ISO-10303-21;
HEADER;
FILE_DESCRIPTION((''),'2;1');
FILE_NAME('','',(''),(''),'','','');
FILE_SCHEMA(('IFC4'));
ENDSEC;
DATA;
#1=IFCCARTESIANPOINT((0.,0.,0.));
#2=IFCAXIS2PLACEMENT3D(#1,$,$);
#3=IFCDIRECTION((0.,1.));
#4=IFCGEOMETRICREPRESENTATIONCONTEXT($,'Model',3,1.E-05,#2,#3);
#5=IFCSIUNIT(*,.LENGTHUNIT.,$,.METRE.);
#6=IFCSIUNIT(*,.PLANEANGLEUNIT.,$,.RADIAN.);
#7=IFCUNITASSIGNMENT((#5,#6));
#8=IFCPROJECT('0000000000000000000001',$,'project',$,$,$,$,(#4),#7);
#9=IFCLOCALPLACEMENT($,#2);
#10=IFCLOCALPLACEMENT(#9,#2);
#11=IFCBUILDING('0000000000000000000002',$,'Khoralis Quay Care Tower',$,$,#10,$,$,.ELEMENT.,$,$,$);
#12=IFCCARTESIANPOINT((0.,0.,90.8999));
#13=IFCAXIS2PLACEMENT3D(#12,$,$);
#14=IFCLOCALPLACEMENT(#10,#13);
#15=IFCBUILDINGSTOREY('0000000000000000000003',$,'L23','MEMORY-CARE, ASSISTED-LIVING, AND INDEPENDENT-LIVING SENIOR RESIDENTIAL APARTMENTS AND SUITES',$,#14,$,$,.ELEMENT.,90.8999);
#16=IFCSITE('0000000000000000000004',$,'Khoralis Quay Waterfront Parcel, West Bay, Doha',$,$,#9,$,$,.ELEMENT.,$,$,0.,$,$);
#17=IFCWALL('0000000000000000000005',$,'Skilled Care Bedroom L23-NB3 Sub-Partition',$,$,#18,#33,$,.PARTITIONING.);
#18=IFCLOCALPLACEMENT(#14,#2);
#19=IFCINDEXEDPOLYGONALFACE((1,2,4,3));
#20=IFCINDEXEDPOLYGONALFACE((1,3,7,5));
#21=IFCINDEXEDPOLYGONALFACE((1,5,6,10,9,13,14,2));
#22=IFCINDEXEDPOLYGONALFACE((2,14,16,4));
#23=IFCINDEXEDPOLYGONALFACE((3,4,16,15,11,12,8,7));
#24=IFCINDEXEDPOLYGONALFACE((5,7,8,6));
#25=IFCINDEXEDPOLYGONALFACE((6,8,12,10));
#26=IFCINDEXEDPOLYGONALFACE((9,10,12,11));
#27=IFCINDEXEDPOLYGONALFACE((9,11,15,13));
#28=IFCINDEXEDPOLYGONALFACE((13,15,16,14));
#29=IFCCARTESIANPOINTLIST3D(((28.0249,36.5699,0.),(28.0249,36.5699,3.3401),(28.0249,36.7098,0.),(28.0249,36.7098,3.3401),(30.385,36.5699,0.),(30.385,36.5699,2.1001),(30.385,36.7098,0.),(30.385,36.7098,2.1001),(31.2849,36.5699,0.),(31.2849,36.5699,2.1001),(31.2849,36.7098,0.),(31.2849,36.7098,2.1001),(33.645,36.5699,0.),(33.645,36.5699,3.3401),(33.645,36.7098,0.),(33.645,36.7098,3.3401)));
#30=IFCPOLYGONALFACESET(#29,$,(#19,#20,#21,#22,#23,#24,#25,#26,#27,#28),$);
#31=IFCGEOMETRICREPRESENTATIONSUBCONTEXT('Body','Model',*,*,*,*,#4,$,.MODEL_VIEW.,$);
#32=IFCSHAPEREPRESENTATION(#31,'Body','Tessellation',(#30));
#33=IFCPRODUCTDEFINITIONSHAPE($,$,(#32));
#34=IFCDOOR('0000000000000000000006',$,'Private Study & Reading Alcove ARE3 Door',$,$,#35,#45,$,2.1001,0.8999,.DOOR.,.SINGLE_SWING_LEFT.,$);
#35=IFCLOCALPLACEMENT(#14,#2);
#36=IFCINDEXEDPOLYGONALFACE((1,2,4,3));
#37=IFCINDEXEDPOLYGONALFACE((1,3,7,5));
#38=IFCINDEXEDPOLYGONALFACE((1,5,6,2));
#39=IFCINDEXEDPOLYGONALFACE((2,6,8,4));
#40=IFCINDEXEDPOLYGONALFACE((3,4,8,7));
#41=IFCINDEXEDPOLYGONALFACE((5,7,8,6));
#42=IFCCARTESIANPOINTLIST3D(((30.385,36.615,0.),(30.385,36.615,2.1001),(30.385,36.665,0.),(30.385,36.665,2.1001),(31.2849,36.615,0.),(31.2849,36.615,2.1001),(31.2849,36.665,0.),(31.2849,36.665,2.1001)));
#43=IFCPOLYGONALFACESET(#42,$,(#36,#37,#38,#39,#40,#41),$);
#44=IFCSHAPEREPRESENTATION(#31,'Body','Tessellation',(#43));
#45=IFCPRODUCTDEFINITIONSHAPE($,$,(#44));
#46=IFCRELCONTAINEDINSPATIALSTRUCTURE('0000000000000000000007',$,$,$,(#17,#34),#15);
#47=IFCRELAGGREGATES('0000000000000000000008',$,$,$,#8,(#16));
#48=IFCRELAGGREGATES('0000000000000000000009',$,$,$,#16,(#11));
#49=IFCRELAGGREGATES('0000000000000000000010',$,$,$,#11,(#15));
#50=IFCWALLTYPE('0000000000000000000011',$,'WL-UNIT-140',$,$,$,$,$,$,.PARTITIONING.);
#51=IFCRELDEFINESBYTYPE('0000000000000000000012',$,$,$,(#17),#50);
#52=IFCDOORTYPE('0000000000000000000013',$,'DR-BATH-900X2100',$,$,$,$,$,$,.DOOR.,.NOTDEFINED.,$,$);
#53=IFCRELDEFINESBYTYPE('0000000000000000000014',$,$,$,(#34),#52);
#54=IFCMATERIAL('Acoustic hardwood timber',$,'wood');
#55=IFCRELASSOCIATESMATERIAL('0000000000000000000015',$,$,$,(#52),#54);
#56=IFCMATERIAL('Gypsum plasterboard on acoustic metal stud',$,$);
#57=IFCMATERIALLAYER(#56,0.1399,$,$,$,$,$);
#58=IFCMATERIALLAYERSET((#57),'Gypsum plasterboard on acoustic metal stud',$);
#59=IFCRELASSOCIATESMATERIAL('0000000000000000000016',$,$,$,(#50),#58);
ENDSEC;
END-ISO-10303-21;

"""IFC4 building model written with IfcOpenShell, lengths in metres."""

from ifc_helpers import new_model, si_unit, direction, frame, frame_2d, origin, place, context, subcontext, project, spatial, rectangle, extrude, source, transform, mapped, material, layer, layer_set, type_object, element, fill, save


model = new_model("IFC4")

# Units and contexts
model_context = context("Model", 3, precision=1e-05, world=origin(), true_north=direction((0.0, 1.0)))
body_context = subcontext(model_context, "Body", "Model", "MODEL_VIEW")
ifc_project = project(units=[si_unit("LENGTHUNIT", "METRE"), si_unit("PLANEANGLEUNIT", "RADIAN")], contexts=[model_context])

# Site, building, storey
site_placement = place(None, origin())
site = spatial("IfcSite", under=ifc_project, at=site_placement, Name="Khoralis Quay Waterfront Parcel, West Bay, Doha", CompositionType="ELEMENT", RefElevation=0.0)
building_placement = place(site_placement, origin())
building = spatial("IfcBuilding", under=site, at=building_placement, Name="Khoralis Quay Care Tower", CompositionType="ELEMENT")
storey_placement = place(building_placement, frame((0.0, 0.0, 90.8999)))
storey = spatial("IfcBuildingStorey", under=building, at=storey_placement, Name="L23", Description="MEMORY-CARE, ASSISTED-LIVING, AND INDEPENDENT-LIVING SENIOR RESIDENTIAL APARTMENTS AND SUITES", CompositionType="ELEMENT", Elevation=90.8999)

# Shared definitions
ifc_material_1 = material(Name="Gypsum plasterboard on acoustic metal stud")

# Shared definitions
ifc_material_2 = material(Name="Acoustic hardwood timber", Category="wood")
door_type_1 = type_object("IfcDoorType", Name="DR-BATH-900X2100", OperationType="NOTDEFINED", PredefinedType="DOOR", material=ifc_material_2)
shared_shape_1 = source(origin(), body_context, "Body", "SweptSolid", [
    extrude(rectangle(XDim=0.8999, YDim=2.1001, at=frame_2d((0.45, 1.05))), frame((0.0, 0.0249, 0.0), z_axis=(0.0, -1.0, 0.0), x_axis=(1.0, 0.0, 0.0)), (0.0, 0.0, 1.0), 0.05),
])

# Shared definitions
ifc_layer_1 = layer(ifc_material_1, 0.1399)
ifc_layer_set_1 = layer_set([ifc_layer_1], Name="Gypsum plasterboard on acoustic metal stud")
wall_type_1 = type_object("IfcWallType", Name="WL-UNIT-140", PredefinedType="PARTITIONING", material=ifc_layer_set_1)

# Wall, opening, door
wall_1_placement = place(storey_placement, frame((28.0249, 36.6399, 0.0), z_axis=(0.0, 0.0, 1.0), x_axis=(1.0, 0.0, 0.0)))
wall_1 = element("IfcWall", 1, at=wall_1_placement, inside=storey, type_object=wall_type_1, Name="Skilled Care Bedroom L23-NB3 Sub-Partition", PredefinedType="PARTITIONING", context=body_context, shape_type="SweptSolid", body=[
    extrude(rectangle(XDim=5.6201, YDim=0.1399, at=frame_2d((2.8101, 0.0))), origin(), (0.0, 0.0, 1.0), 3.3401),
])
opening_1_placement = place(wall_1_placement, frame((2.3601, 0.0, 0.0)))
opening_1 = element("IfcOpeningElement", 2, at=opening_1_placement, cuts=wall_1, PredefinedType="OPENING", context=body_context, shape_type="SweptSolid", body=[
    extrude(rectangle(XDim=0.8999, YDim=2.1001, at=frame_2d((0.45, 1.05))), frame((0.0, 0.0801, 0.0), z_axis=(0.0, -1.0, 0.0), x_axis=(1.0, 0.0, 0.0)), (0.0, 0.0, 1.0), 0.1599),
])
door_1_placement = place(opening_1_placement, frame((0.8999, 0.0, 0.0), z_axis=(0.0, 0.0, 1.0), x_axis=(-1.0, 0.0, 0.0)))
door_1 = element("IfcDoor", 3, at=door_1_placement, inside=storey, type_object=door_type_1, Name="Private Study & Reading Alcove ARE3 Door", OperationType="SINGLE_SWING_LEFT", OverallHeight=2.1001, OverallWidth=0.8999, PredefinedType="DOOR", context=body_context, shape_type="MappedRepresentation", body=[
    mapped(shared_shape_1, transform((0.0, 0.0, 0.0), scale=1.0)),
])
fill(opening_1, door_1)

save(model, "model.ifc")
